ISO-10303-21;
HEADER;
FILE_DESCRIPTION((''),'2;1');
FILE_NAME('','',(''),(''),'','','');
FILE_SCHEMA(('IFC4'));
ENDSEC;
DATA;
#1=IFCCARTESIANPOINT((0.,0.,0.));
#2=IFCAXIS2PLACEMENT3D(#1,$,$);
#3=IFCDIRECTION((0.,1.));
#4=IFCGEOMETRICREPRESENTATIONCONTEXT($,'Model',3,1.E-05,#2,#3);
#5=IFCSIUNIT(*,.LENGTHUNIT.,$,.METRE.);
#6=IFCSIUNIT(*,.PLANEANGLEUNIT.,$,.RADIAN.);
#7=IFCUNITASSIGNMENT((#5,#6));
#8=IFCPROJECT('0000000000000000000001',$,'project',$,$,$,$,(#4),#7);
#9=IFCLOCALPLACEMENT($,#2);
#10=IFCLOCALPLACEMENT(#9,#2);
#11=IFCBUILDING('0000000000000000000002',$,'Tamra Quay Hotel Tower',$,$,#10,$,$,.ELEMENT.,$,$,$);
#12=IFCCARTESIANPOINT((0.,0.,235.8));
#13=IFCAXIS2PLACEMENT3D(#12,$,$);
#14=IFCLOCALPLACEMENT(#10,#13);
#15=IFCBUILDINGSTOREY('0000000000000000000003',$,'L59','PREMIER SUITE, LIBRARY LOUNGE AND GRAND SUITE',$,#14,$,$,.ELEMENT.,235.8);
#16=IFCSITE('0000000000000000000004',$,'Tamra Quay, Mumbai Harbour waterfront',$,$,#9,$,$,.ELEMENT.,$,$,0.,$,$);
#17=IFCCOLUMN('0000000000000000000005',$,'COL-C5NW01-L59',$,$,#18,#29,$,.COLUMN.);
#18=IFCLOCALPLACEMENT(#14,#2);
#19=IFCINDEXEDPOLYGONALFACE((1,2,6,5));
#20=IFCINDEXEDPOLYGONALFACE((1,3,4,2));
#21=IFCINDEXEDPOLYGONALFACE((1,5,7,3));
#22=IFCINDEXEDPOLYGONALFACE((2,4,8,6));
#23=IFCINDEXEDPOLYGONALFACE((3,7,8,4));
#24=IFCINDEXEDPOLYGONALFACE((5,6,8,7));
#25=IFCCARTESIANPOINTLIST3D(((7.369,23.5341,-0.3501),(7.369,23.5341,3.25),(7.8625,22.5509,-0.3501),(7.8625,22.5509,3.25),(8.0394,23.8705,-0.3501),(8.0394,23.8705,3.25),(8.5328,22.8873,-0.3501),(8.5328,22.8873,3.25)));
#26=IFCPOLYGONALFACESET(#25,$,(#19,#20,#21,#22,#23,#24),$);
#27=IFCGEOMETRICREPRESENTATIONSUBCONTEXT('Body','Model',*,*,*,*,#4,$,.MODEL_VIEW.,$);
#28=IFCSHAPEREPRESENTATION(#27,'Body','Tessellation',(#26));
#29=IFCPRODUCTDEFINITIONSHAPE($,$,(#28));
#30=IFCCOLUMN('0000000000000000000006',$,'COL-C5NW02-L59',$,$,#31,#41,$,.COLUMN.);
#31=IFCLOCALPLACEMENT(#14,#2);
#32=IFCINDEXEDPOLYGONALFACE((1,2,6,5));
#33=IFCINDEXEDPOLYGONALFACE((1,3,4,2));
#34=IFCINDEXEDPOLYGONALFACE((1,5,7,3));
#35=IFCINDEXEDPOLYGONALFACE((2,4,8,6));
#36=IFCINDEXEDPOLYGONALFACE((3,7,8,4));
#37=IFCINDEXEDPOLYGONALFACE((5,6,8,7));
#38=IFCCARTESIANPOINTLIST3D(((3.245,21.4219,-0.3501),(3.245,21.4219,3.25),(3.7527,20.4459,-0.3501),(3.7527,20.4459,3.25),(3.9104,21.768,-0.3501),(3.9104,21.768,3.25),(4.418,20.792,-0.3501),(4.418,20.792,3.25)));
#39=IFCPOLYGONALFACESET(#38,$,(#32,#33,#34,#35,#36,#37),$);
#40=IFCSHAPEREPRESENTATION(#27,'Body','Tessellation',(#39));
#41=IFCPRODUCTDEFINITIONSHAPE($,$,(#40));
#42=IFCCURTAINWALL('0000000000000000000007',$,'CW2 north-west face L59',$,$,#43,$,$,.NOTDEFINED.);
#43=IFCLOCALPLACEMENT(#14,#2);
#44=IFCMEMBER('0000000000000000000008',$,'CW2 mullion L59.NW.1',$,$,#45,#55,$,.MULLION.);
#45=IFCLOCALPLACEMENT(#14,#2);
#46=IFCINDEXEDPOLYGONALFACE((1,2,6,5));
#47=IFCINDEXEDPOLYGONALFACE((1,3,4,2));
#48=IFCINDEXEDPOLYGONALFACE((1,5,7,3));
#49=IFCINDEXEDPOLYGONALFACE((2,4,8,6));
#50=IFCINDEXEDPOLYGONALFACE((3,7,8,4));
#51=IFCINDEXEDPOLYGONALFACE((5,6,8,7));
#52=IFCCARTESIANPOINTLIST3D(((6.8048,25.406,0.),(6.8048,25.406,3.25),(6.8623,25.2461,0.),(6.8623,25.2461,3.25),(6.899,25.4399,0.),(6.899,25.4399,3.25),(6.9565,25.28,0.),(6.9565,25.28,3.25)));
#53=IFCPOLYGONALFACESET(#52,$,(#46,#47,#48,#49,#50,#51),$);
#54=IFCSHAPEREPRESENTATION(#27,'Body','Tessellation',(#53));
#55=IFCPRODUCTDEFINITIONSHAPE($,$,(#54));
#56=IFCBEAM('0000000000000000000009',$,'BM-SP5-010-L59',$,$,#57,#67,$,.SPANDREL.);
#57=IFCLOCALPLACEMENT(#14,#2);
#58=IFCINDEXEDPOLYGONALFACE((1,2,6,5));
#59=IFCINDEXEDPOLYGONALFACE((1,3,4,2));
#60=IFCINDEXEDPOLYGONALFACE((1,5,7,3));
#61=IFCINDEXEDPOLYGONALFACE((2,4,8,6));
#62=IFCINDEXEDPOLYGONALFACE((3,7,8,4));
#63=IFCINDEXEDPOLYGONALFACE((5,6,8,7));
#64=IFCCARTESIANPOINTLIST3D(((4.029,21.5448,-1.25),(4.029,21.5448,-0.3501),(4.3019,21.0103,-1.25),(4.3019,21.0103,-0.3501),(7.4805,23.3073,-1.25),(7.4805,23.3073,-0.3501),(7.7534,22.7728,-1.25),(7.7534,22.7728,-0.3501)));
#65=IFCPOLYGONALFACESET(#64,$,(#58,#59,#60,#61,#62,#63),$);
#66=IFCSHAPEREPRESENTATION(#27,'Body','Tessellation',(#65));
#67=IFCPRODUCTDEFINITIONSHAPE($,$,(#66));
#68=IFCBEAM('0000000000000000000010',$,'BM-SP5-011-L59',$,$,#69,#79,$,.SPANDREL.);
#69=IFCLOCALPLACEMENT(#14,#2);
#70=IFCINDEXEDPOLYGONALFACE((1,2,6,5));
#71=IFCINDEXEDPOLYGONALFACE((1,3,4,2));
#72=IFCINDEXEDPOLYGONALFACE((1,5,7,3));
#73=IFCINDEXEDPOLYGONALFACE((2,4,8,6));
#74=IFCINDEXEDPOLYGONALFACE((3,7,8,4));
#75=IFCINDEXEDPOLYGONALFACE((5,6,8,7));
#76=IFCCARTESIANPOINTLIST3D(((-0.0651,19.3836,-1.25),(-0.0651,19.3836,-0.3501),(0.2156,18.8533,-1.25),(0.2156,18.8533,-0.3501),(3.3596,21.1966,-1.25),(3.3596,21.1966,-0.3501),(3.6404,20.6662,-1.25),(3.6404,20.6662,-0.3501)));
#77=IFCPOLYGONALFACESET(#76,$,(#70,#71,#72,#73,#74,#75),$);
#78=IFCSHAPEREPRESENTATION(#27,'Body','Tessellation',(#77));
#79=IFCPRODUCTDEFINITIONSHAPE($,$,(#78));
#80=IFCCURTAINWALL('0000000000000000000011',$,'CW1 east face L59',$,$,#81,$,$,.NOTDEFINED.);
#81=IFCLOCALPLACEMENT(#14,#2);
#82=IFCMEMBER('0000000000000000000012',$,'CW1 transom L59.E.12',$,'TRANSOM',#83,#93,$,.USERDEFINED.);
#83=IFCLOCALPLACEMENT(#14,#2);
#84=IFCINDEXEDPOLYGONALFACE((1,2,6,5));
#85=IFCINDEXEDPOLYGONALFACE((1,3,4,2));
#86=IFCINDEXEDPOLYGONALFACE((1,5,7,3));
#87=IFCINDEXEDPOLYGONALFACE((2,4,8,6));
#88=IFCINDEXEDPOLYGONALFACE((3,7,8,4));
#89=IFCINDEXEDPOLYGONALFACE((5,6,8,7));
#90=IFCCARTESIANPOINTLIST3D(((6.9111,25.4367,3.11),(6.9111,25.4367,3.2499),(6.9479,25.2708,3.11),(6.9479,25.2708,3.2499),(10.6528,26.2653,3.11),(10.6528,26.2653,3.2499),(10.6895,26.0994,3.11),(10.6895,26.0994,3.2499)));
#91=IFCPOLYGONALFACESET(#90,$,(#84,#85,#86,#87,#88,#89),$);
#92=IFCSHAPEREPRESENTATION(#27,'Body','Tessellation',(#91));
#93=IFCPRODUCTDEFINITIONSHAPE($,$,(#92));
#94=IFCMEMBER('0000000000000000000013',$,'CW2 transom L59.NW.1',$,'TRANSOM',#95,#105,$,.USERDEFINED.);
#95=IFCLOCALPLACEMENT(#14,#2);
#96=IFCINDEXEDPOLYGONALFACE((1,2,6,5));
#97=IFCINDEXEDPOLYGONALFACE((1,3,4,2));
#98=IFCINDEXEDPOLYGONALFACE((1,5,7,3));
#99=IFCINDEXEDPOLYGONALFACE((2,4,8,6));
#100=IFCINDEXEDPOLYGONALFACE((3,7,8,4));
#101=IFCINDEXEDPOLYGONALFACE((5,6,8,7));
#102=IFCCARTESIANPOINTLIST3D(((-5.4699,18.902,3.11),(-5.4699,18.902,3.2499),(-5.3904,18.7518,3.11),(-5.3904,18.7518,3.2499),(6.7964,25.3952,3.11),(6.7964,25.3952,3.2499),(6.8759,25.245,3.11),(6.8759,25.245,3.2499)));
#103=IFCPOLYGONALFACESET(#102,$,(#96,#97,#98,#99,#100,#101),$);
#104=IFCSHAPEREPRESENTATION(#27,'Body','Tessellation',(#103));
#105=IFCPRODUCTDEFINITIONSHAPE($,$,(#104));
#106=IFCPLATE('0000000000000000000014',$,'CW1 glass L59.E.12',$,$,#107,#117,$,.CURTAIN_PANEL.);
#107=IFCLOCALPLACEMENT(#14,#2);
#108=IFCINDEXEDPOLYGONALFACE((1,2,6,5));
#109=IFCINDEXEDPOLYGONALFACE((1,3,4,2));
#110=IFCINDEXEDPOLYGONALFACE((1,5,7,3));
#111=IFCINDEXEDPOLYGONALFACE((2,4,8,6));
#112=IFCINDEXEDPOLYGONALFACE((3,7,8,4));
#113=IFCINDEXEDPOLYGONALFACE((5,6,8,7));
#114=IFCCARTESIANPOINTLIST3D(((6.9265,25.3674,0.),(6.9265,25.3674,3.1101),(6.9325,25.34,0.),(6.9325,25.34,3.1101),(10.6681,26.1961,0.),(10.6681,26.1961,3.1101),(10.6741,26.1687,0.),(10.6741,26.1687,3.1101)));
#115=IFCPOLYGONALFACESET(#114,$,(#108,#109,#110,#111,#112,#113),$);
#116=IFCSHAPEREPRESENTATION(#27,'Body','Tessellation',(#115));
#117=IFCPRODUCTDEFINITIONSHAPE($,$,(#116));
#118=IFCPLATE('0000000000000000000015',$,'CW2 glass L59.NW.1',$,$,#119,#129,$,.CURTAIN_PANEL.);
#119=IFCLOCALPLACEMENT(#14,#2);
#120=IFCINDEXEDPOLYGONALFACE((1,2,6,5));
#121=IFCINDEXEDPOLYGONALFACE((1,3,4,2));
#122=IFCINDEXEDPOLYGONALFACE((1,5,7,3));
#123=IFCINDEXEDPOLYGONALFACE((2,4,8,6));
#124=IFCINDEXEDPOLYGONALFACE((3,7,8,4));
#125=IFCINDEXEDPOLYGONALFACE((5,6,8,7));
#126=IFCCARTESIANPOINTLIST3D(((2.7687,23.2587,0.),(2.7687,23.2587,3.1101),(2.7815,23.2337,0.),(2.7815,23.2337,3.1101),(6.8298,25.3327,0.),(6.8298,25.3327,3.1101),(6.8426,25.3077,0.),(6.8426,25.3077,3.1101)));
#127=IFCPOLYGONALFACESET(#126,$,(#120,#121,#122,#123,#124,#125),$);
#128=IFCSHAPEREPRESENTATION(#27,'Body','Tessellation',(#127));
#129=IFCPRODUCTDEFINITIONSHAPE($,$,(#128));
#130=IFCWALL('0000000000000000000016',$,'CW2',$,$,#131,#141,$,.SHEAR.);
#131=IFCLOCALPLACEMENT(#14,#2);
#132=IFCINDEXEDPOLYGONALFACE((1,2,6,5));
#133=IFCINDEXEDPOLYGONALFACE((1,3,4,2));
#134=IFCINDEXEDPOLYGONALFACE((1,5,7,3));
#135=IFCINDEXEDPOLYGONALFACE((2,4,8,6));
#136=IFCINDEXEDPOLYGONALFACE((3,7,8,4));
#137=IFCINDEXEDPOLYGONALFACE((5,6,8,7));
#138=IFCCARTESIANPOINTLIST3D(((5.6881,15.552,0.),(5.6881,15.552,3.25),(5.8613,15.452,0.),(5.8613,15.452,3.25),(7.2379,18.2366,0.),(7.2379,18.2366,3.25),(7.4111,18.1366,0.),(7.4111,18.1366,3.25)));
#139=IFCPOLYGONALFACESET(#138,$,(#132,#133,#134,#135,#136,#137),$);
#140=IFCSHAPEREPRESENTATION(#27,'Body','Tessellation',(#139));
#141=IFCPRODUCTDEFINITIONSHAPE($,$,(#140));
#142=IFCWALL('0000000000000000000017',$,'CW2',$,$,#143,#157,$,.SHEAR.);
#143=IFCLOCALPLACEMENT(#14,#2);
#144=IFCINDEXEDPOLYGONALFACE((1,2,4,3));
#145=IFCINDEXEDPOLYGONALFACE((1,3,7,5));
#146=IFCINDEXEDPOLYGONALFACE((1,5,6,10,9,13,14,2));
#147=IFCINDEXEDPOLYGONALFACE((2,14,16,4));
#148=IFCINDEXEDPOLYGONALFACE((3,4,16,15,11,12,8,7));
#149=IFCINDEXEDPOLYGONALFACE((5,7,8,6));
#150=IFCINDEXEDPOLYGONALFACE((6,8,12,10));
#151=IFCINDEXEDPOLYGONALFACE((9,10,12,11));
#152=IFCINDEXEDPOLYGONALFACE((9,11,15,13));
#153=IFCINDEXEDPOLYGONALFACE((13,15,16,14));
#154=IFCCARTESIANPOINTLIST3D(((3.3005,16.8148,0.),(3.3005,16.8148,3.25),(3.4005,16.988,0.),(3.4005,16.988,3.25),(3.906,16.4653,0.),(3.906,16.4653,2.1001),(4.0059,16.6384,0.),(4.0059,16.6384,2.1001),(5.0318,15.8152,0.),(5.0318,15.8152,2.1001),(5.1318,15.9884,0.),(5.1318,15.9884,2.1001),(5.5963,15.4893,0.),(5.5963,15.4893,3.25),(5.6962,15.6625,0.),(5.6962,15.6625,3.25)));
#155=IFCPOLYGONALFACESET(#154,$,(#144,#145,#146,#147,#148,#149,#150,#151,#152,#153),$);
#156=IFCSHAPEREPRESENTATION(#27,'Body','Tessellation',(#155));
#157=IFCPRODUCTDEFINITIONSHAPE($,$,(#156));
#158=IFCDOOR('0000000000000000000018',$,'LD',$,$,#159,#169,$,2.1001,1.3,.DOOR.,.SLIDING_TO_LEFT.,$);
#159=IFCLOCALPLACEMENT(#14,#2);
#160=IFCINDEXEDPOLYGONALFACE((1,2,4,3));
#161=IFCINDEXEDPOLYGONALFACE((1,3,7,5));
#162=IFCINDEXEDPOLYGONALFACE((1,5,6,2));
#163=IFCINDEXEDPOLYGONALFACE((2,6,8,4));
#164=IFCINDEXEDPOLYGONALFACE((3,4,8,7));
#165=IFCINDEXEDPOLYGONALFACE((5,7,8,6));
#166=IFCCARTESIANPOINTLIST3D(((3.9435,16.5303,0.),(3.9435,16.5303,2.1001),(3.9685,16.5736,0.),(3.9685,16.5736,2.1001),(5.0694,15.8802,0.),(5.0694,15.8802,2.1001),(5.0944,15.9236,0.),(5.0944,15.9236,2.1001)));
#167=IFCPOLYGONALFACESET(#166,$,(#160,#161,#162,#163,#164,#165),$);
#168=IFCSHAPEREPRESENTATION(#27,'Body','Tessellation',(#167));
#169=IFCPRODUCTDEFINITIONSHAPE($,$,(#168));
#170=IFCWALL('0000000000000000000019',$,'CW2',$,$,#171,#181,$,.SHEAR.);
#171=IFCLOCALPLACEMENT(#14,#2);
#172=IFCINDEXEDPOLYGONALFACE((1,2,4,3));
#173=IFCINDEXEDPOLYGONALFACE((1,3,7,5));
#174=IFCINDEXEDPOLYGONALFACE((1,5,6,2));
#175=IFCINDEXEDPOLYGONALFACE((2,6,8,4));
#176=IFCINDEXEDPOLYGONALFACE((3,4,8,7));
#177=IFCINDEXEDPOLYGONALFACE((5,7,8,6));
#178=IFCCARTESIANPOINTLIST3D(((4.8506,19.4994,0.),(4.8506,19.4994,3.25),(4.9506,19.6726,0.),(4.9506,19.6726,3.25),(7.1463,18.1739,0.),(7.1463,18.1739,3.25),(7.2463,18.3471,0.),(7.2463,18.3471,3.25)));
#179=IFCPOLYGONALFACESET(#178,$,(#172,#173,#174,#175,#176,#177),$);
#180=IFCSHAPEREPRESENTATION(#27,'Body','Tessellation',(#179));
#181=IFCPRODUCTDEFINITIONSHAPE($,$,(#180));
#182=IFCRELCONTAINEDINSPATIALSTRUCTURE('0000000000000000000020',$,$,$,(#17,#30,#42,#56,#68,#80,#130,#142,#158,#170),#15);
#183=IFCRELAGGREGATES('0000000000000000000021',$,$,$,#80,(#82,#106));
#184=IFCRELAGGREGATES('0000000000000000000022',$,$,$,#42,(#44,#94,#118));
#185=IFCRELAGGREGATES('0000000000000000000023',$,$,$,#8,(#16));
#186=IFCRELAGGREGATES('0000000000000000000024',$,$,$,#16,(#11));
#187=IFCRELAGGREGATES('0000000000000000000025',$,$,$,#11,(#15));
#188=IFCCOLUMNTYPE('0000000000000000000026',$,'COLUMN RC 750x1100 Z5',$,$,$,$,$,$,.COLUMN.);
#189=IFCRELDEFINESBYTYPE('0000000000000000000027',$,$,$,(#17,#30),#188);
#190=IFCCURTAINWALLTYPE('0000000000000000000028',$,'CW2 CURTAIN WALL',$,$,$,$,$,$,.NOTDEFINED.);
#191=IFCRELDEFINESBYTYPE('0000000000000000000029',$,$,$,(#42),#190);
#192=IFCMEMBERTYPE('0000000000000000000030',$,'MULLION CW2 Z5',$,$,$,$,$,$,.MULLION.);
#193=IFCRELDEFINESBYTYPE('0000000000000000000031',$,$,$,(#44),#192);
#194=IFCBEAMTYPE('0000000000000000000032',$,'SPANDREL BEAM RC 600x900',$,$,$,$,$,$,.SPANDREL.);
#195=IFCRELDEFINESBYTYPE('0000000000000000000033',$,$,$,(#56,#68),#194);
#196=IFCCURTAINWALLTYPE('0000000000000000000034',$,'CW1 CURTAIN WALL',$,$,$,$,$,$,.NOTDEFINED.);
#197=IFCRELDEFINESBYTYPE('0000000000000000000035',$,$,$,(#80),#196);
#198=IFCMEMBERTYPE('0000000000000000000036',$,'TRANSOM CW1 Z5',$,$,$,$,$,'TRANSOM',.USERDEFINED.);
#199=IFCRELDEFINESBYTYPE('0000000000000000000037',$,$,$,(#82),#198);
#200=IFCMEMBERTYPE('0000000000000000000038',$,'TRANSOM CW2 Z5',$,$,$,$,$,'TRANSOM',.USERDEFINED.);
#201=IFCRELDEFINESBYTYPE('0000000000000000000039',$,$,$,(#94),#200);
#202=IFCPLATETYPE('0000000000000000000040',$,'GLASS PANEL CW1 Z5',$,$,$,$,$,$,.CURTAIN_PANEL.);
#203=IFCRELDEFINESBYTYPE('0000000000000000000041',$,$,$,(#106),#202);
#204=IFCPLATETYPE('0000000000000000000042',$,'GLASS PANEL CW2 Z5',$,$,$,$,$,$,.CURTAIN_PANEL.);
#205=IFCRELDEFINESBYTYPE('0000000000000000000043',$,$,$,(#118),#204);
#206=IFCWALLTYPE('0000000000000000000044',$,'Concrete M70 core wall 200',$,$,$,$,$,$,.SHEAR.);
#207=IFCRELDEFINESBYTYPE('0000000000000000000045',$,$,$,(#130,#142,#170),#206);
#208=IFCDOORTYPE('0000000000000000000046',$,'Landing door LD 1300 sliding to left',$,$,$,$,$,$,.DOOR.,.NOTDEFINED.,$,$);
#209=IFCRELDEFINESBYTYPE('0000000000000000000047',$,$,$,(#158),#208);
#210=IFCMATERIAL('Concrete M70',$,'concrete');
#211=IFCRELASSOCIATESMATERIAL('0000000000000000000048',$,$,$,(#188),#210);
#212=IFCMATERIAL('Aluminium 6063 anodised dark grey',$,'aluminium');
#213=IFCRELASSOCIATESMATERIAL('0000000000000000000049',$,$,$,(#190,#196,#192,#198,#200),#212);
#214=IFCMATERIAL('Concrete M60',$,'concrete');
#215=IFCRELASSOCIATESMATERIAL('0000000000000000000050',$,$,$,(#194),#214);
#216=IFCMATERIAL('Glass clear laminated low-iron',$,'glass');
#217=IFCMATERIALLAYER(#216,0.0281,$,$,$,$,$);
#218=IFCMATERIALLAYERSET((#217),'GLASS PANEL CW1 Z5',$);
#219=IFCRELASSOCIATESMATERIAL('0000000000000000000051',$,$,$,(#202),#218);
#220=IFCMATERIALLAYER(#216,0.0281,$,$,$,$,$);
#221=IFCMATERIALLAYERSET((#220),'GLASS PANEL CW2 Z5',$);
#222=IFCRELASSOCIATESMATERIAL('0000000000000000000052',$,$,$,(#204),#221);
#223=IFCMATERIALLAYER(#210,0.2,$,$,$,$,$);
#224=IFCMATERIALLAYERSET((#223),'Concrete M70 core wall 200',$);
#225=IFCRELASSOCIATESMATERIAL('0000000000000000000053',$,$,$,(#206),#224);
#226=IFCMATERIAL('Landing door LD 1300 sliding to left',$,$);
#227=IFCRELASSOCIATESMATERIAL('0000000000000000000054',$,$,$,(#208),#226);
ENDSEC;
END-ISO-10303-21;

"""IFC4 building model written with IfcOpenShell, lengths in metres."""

from ifc_helpers import new_model, si_unit, direction, frame, frame_2d, origin, origin_2d, place, context, subcontext, project, spatial, rectangle, extrude, material, layer, layer_set, material_profile, profile_set, type_object, element, fill, aggregate, save


model = new_model("IFC4")

# Units and contexts
model_context = context("Model", 3, precision=1e-05, world=origin(), true_north=direction((0.0, 1.0)))
body_context = subcontext(model_context, "Body", "Model", "MODEL_VIEW")
ifc_project = project(units=[si_unit("LENGTHUNIT", "METRE"), si_unit("PLANEANGLEUNIT", "RADIAN")], contexts=[model_context])

# Site, building, storey
site_placement = place(None, origin())
site = spatial("IfcSite", under=ifc_project, at=site_placement, Name="Tamra Quay, Mumbai Harbour waterfront", CompositionType="ELEMENT", RefElevation=0.0)
building_placement = place(site_placement, origin())
building = spatial("IfcBuilding", under=site, at=building_placement, Name="Tamra Quay Hotel Tower", CompositionType="ELEMENT")
storey_placement = place(building_placement, frame((0.0, 0.0, 235.8)))
storey = spatial("IfcBuildingStorey", under=building, at=storey_placement, Name="L59", Description="PREMIER SUITE, LIBRARY LOUNGE AND GRAND SUITE", CompositionType="ELEMENT", Elevation=235.8)

# Columns
ifc_material_1 = material(Name="Concrete M70", Category="concrete")
ifc_material_profile_1 = material_profile(ifc_material_1, rectangle(XDim=1.1001, YDim=0.75, at=origin_2d()), Name="COLUMN RC 750x1100 Z5")
ifc_profile_set_1 = profile_set([ifc_material_profile_1], Name="Concrete M70")
column_type = type_object("IfcColumnType", Name="COLUMN RC 750x1100 Z5", PredefinedType="COLUMN", material=ifc_profile_set_1)
for number, where, z_axis, x_axis, name in (
    (1, (7.9509, 23.2107, -0.3501), (0.0, 0.0, 1.0), (-0.448553, 0.893756, 0.0), "COL-C5NW01-L59"),
    (2, (3.8315, 21.1069, -0.3501), (0.0, 0.0, 1.0), (-0.461448, 0.887167, 0.0), "COL-C5NW02-L59"),
):
    element("IfcColumn", number, at=place(storey_placement, frame(where, z_axis=z_axis, x_axis=x_axis)), inside=storey, type_object=column_type, Name=name, PredefinedType="COLUMN", context=body_context, shape_type="SweptSolid", body=[
        extrude(rectangle(XDim=1.1001, YDim=0.75, at=origin_2d()), origin(), (0.0, 0.0, 1.0), 3.6001),
    ])

# Curtain wall, member
ifc_material_2 = material(Name="Aluminium 6063 anodised dark grey", Category="aluminium")
curtain_wall_type_1 = type_object("IfcCurtainWallType", Name="CW2 CURTAIN WALL", PredefinedType="NOTDEFINED", material=ifc_material_2)
curtain_wall_1_placement = place(storey_placement, origin())
curtain_wall_1 = element("IfcCurtainWall", 3, at=curtain_wall_1_placement, inside=storey, type_object=curtain_wall_type_1, Name="CW2 north-west face L59", PredefinedType="NOTDEFINED")
ifc_material_profile_2 = material_profile(ifc_material_2, rectangle(XDim=0.1699, YDim=0.1001, at=origin_2d()), Name="MULLION 100X170")
ifc_profile_set_2 = profile_set([ifc_material_profile_2], Name="Aluminium 6063 anodised dark grey")
member_type_1 = type_object("IfcMemberType", Name="MULLION CW2 Z5", PredefinedType="MULLION", material=ifc_profile_set_2)
member_1_placement = place(storey_placement, frame((6.8806, 25.343, 0.0), z_axis=(0.0, 0.0, 1.0), x_axis=(-0.338259, 0.941053, 0.0)))
member_1 = element("IfcMember", 4, at=member_1_placement, type_object=member_type_1, Name="CW2 mullion L59.NW.1", PredefinedType="MULLION", context=body_context, shape_type="SweptSolid", body=[
    extrude(rectangle(XDim=0.1699, YDim=0.1001, at=origin_2d()), origin(), (0.0, 0.0, 1.0), 3.25),
])

# Beams
ifc_material_3 = material(Name="Concrete M60", Category="concrete")
ifc_material_profile_3 = material_profile(ifc_material_3, rectangle(XDim=0.6001, YDim=0.8999, at=origin_2d()), Name="SPANDREL BEAM RC 600x900")
ifc_profile_set_3 = profile_set([ifc_material_profile_3], Name="Concrete M60")
beam_type = type_object("IfcBeamType", Name="SPANDREL BEAM RC 600x900", PredefinedType="SPANDREL", material=ifc_profile_set_3)
beam_1_placement = place(storey_placement, frame((7.6169, 23.04, -0.8), z_axis=(-0.890603, -0.454782, 0.0), x_axis=(0.454782, -0.890603, 0.0)))
element("IfcBeam", 5, at=beam_1_placement, inside=storey, type_object=beam_type, Name="BM-SP5-010-L59", PredefinedType="SPANDREL", context=body_context, shape_type="SweptSolid", body=[
    extrude(rectangle(XDim=0.6001, YDim=0.8999, at=origin_2d()), origin(), (0.0, 0.0, 1.0), 3.8755),
])
beam_2_placement = place(storey_placement, frame((3.5, 20.9314, -0.8), z_axis=(-0.883803, -0.467859, 0.0), x_axis=(0.467859, -0.883803, 0.0)))
element("IfcBeam", 6, at=beam_2_placement, inside=storey, type_object=beam_type, Name="BM-SP5-011-L59", PredefinedType="SPANDREL", context=body_context, shape_type="SweptSolid", body=[
    extrude(rectangle(XDim=0.6001, YDim=0.8999, at=origin_2d()), origin(), (0.0, 0.0, 1.0), 3.875),
])

# Curtain wall, member
curtain_wall_type_2 = type_object("IfcCurtainWallType", Name="CW1 CURTAIN WALL", PredefinedType="NOTDEFINED", material=ifc_material_2)
curtain_wall_2_placement = place(storey_placement, origin())
curtain_wall_2 = element("IfcCurtainWall", 7, at=curtain_wall_2_placement, inside=storey, type_object=curtain_wall_type_2, Name="CW1 east face L59", PredefinedType="NOTDEFINED")
ifc_material_profile_4 = material_profile(ifc_material_2, rectangle(XDim=0.1699, YDim=0.1399, at=origin_2d()), Name="TRANSOM 170X140")
ifc_profile_set_4 = profile_set([ifc_material_profile_4], Name="Aluminium 6063 anodised dark grey")
member_type_2 = type_object("IfcMemberType", Name="TRANSOM CW1 Z5", ElementType="TRANSOM", PredefinedType="USERDEFINED", material=ifc_profile_set_4)
member_2_placement = place(storey_placement, frame((10.6711, 26.1824, 3.1799), z_axis=(-0.976346, -0.216215, 0.0), x_axis=(0.216215, -0.976346, 0.0)))
member_2 = element("IfcMember", 8, at=member_2_placement, type_object=member_type_2, Name="CW1 transom L59.E.12", ObjectType="TRANSOM", PredefinedType="USERDEFINED", context=body_context, shape_type="SweptSolid", body=[
    extrude(rectangle(XDim=0.1699, YDim=0.1399, at=origin_2d()), origin(), (0.0, 0.0, 1.0), 3.8323),
])

# Member
ifc_material_profile_5 = material_profile(ifc_material_2, rectangle(XDim=0.1699, YDim=0.1399, at=origin_2d()), Name="TRANSOM 170X140")
ifc_profile_set_5 = profile_set([ifc_material_profile_5], Name="Aluminium 6063 anodised dark grey")
member_type_3 = type_object("IfcMemberType", Name="TRANSOM CW2 Z5", ElementType="TRANSOM", PredefinedType="USERDEFINED", material=ifc_profile_set_5)
member_3_placement = place(storey_placement, frame((6.8362, 25.3201, 3.1799), z_axis=(-0.883811, -0.467843, 0.0), x_axis=(0.467843, -0.883811, 0.0)))
member_3 = element("IfcMember", 9, at=member_3_placement, type_object=member_type_3, Name="CW2 transom L59.NW.1", ObjectType="TRANSOM", PredefinedType="USERDEFINED", context=body_context, shape_type="SweptSolid", body=[
    extrude(rectangle(XDim=0.1699, YDim=0.1399, at=origin_2d()), origin(), (0.0, 0.0, 1.0), 13.8789),
])

# Plates
ifc_material_4 = material(Name="Glass clear laminated low-iron", Category="glass")
ifc_layer_1 = layer(ifc_material_4, 0.0281)
ifc_layer_set_1 = layer_set([ifc_layer_1], Name="GLASS PANEL CW1 Z5")
plate_type_1 = type_object("IfcPlateType", Name="GLASS PANEL CW1 Z5", PredefinedType="CURTAIN_PANEL", material=ifc_layer_set_1)
plate_1_placement = place(storey_placement, frame((8.8003, 25.7681, 0.0), z_axis=(0.0, 0.0, 1.0), x_axis=(-0.976341, -0.216238, 0.0)))
plate_1 = element("IfcPlate", 10, at=plate_1_placement, type_object=plate_type_1, Name="CW1 glass L59.E.12", PredefinedType="CURTAIN_PANEL", context=body_context, shape_type="SweptSolid", body=[
    extrude(rectangle(XDim=3.8323, YDim=0.0281, at=origin_2d()), origin(), (0.0, 0.0, 1.0), 3.1101),
])
aggregate(curtain_wall_2, [member_2, plate_1])
ifc_layer_2 = layer(ifc_material_4, 0.0281)
ifc_layer_set_2 = layer_set([ifc_layer_2], Name="GLASS PANEL CW2 Z5")
plate_type_2 = type_object("IfcPlateType", Name="GLASS PANEL CW2 Z5", PredefinedType="CURTAIN_PANEL", material=ifc_layer_set_2)
plate_2_placement = place(storey_placement, frame((4.8057, 24.2832, 0.0), z_axis=(0.0, 0.0, 1.0), x_axis=(-0.890582, -0.454823, 0.0)))
plate_2 = element("IfcPlate", 11, at=plate_2_placement, type_object=plate_type_2, Name="CW2 glass L59.NW.1", PredefinedType="CURTAIN_PANEL", context=body_context, shape_type="SweptSolid", body=[
    extrude(rectangle(XDim=4.5601, YDim=0.0281, at=origin_2d()), origin(), (0.0, 0.0, 1.0), 3.1101),
])
aggregate(curtain_wall_1, [member_1, member_3, plate_2])

# Wall
ifc_layer_3 = layer(ifc_material_1, 0.2)
ifc_layer_set_3 = layer_set([ifc_layer_3], Name="Concrete M70 core wall 200")
wall_type_1 = type_object("IfcWallType", Name="Concrete M70 core wall 200", PredefinedType="SHEAR", material=ifc_layer_set_3)
wall_1_placement = place(storey_placement, frame((7.3245, 18.1865, 0.0), z_axis=(0.0, 0.0, 1.0), x_axis=(-0.499968, -0.866044, 0.0)))
element("IfcWall", 12, at=wall_1_placement, inside=storey, type_object=wall_type_1, Name="CW2", PredefinedType="SHEAR", context=body_context, shape_type="SweptSolid", body=[
    extrude(rectangle(XDim=3.0999, YDim=0.2, at=frame_2d((1.5498, 0.0))), origin(), (0.0, 0.0, 1.0), 3.25),
])

# Wall, opening, door
wall_2_placement = place(storey_placement, frame((5.6462, 15.5759, 0.0), z_axis=(0.0, 0.0, 1.0), x_axis=(-0.866018, 0.500012, 0.0)))
wall_2 = element("IfcWall", 13, at=wall_2_placement, inside=storey, type_object=wall_type_1, Name="CW2", PredefinedType="SHEAR", context=body_context, shape_type="SweptSolid", body=[
    extrude(rectangle(XDim=2.6509, YDim=0.2, at=frame_2d((1.3254, 0.0))), origin(), (0.0, 0.0, 1.0), 3.25),
])
opening_1_placement = place(wall_2_placement, frame((0.6519, 0.0, 0.0)))
opening_1 = element("IfcOpeningElement", 14, at=opening_1_placement, cuts=wall_2, PredefinedType="OPENING", context=body_context, shape_type="SweptSolid", body=[
    extrude(rectangle(XDim=1.3, YDim=2.1001, at=frame_2d((0.6499, 1.05))), frame((0.0, 0.1099, 0.0), z_axis=(0.0, -1.0, 0.0), x_axis=(1.0, 0.0, 0.0)), (0.0, 0.0, 1.0), 0.22),
])
ifc_material_5 = material(Name="Landing door LD 1300 sliding to left")
door_type_1 = type_object("IfcDoorType", Name="Landing door LD 1300 sliding to left", OperationType="NOTDEFINED", PredefinedType="DOOR", material=ifc_material_5)
door_1_placement = place(opening_1_placement, origin())
door_1 = element("IfcDoor", 15, at=door_1_placement, inside=storey, type_object=door_type_1, Name="LD", OperationType="SLIDING_TO_LEFT", OverallHeight=2.1001, OverallWidth=1.3, PredefinedType="DOOR", context=body_context, shape_type="SweptSolid", body=[
    extrude(rectangle(XDim=1.3, YDim=2.1001, at=frame_2d((0.6499, 1.05))), frame((0.0, 0.0249, 0.0), z_axis=(0.0, -1.0, 0.0), x_axis=(1.0, 0.0, 0.0)), (0.0, 0.0, 1.0), 0.05),
])
fill(opening_1, door_1)

# Wall
wall_3_placement = place(storey_placement, frame((7.1963, 18.2605, 0.0), z_axis=(0.0, 0.0, 1.0), x_axis=(-0.866018, 0.500012, 0.0)))
element("IfcWall", 16, at=wall_3_placement, inside=storey, type_object=wall_type_1, Name="CW2", PredefinedType="SHEAR", context=body_context, shape_type="SweptSolid", body=[
    extrude(rectangle(XDim=2.6509, YDim=0.2, at=frame_2d((1.3254, 0.0))), origin(), (0.0, 0.0, 1.0), 3.25),
])

save(model, "model.ifc")
